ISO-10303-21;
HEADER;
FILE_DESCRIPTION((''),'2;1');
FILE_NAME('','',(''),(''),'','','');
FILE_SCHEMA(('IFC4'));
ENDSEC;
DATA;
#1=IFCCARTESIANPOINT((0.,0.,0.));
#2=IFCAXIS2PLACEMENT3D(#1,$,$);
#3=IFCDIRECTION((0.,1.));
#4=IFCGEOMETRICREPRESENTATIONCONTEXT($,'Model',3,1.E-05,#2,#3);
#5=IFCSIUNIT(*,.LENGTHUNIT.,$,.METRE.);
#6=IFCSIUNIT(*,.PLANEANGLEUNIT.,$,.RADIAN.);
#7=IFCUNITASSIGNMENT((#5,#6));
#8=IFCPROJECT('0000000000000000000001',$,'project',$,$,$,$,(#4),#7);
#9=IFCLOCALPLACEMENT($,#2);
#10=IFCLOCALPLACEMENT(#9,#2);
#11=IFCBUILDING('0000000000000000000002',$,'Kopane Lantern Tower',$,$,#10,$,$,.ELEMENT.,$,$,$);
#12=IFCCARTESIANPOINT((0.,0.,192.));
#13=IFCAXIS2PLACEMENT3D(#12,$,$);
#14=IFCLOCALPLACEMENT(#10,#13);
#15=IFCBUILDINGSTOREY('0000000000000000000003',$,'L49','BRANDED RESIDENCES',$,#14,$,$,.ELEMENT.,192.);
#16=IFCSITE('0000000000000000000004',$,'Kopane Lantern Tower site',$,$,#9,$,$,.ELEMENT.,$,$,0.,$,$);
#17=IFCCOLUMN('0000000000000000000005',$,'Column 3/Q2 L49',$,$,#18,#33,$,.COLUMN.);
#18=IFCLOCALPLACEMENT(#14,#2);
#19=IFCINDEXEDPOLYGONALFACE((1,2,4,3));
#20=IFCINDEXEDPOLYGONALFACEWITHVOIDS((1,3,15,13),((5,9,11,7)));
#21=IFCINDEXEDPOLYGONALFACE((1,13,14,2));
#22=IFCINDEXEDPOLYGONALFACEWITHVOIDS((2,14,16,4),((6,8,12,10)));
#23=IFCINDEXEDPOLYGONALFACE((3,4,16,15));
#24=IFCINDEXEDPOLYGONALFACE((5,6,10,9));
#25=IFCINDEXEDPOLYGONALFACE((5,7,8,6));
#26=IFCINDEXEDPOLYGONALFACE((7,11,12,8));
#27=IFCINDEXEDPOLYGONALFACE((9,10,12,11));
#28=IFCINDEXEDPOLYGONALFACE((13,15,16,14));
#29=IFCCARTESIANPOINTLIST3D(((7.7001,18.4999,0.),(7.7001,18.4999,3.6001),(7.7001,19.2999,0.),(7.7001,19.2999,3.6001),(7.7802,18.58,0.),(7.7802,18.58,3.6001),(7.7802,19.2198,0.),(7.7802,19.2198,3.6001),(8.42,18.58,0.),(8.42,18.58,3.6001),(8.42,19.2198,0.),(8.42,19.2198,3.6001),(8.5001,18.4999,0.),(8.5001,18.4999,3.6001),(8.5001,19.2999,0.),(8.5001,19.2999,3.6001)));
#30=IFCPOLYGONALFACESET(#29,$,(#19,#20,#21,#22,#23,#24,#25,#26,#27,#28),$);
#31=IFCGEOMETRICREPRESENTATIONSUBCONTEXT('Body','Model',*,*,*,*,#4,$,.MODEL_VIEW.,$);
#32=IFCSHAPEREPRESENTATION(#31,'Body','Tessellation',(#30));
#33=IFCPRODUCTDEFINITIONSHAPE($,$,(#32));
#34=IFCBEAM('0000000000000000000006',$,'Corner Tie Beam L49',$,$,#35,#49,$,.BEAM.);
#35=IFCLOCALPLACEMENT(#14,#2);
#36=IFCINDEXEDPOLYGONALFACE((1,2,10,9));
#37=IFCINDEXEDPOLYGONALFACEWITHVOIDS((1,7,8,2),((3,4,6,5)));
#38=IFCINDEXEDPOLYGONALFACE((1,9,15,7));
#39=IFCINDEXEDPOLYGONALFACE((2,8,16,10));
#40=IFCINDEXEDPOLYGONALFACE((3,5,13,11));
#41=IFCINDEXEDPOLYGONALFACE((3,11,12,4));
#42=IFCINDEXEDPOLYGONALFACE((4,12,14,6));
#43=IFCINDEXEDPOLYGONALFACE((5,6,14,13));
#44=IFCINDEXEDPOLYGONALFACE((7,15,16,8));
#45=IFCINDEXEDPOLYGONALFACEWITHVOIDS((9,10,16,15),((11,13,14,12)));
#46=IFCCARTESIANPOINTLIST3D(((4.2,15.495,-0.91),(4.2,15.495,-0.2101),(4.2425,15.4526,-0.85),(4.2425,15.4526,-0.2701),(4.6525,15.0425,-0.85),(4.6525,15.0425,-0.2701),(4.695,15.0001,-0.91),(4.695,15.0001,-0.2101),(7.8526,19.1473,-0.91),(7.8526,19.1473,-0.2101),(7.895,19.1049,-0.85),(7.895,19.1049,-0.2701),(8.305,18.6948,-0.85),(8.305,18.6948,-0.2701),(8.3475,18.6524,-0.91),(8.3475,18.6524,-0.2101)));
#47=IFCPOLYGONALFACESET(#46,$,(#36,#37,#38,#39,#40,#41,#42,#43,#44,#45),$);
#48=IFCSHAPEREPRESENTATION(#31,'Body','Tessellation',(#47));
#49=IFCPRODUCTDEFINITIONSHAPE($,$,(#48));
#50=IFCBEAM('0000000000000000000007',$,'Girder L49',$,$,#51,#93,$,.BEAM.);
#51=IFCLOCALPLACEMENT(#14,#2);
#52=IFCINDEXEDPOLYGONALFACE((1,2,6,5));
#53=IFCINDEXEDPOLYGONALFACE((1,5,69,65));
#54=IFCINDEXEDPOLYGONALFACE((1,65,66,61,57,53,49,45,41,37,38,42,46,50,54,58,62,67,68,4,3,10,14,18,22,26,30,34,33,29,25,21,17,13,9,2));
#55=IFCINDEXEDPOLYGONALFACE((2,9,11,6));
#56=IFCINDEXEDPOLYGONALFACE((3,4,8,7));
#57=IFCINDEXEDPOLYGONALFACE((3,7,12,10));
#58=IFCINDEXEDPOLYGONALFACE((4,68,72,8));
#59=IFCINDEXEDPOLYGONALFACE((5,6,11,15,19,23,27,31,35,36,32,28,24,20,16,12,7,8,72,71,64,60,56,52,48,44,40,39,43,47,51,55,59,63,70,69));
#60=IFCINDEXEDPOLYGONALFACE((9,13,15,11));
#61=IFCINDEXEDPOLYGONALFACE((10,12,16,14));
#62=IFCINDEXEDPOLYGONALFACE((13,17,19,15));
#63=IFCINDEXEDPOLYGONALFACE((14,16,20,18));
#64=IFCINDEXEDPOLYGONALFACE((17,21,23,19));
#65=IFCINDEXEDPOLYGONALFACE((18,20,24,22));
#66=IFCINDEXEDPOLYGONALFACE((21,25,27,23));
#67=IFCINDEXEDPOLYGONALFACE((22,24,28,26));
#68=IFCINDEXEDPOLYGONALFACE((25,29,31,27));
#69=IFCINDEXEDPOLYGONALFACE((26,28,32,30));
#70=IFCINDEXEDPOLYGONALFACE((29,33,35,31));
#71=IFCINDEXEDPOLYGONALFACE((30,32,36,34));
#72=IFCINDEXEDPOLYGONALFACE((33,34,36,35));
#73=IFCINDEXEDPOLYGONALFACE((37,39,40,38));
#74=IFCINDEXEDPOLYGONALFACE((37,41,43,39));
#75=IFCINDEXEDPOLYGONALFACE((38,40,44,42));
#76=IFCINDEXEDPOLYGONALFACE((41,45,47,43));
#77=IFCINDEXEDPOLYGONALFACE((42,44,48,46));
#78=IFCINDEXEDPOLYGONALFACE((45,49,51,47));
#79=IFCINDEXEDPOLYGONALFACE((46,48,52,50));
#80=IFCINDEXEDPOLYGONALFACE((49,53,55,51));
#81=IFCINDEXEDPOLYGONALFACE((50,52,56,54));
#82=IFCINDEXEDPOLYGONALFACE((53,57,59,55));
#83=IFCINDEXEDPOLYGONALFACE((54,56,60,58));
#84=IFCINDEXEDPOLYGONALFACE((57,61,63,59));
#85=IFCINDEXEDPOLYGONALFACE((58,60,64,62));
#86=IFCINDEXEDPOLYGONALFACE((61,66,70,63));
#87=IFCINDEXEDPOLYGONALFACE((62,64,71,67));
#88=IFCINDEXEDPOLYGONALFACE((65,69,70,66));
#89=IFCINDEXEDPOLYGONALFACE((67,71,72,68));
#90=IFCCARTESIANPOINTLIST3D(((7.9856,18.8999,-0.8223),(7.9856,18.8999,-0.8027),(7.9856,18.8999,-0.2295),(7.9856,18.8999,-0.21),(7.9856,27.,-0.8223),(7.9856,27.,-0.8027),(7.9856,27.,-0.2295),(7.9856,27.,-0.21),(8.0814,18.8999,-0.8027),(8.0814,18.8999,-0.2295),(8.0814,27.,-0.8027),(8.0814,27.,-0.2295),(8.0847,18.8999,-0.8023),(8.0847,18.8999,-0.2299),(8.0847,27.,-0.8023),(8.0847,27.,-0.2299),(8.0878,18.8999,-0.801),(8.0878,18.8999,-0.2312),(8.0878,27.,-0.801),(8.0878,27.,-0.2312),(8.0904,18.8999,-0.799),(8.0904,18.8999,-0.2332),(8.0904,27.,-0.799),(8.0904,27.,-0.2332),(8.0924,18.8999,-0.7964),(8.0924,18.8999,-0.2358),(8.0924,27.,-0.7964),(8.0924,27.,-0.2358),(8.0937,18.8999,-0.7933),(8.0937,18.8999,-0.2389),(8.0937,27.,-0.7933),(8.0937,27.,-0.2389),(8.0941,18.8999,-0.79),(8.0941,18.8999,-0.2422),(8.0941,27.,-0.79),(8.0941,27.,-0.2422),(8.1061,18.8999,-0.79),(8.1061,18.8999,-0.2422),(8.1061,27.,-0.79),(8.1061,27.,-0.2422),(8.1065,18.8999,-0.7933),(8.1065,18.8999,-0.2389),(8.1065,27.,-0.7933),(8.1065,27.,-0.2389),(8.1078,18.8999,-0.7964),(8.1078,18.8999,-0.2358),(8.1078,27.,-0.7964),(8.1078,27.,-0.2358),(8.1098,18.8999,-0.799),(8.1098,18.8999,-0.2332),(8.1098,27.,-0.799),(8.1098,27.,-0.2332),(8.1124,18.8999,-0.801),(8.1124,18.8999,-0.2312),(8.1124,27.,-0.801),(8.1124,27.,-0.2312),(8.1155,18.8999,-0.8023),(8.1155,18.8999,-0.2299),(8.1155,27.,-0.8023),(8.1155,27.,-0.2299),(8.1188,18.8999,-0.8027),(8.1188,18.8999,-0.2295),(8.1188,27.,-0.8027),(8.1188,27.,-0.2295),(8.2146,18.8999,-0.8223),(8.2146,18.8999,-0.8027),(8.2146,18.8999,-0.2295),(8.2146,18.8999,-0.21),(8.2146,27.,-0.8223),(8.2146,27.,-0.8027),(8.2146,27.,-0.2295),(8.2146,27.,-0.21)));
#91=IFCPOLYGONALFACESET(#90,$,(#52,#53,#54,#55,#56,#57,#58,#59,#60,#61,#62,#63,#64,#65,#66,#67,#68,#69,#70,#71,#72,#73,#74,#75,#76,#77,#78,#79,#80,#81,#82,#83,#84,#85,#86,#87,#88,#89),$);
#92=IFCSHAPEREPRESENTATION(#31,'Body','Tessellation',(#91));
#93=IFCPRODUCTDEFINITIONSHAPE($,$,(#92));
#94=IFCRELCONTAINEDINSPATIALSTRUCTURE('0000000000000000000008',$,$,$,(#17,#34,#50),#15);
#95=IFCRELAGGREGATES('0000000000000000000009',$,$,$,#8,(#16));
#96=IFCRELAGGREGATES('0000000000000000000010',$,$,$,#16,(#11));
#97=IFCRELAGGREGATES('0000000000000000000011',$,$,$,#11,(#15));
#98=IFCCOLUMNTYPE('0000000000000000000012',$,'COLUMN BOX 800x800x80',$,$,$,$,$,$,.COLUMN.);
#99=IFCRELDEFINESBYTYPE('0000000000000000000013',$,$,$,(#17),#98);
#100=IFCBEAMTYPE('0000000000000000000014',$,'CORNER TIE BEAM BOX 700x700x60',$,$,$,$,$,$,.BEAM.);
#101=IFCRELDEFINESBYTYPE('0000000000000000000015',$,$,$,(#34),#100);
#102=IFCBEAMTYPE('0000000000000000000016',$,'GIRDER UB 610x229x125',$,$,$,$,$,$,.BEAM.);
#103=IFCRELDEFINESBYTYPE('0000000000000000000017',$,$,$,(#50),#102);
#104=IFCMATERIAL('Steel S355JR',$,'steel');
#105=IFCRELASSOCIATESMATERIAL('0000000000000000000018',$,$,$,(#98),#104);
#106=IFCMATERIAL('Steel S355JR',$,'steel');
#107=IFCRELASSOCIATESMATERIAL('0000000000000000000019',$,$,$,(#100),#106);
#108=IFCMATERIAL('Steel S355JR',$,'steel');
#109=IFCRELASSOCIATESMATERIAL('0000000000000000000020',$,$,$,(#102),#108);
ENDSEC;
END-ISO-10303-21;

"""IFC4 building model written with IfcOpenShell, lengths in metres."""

from ifc_helpers import new_model, si_unit, direction, frame, origin, origin_2d, place, context, subcontext, project, spatial, hollow_rectangle, i_section, extrude, material, material_profile, profile_set, type_object, element, save


model = new_model("IFC4")

# Units and contexts
model_context = context("Model", 3, precision=1e-05, world=origin(), true_north=direction((0.0, 1.0)))
body_context = subcontext(model_context, "Body", "Model", "MODEL_VIEW")
ifc_project = project(units=[si_unit("LENGTHUNIT", "METRE"), si_unit("PLANEANGLEUNIT", "RADIAN")], contexts=[model_context])

# Site, building, storey
site_placement = place(None, origin())
site = spatial("IfcSite", under=ifc_project, at=site_placement, Name="Kopane Lantern Tower site", CompositionType="ELEMENT", RefElevation=0.0)
building_placement = place(site_placement, origin())
building = spatial("IfcBuilding", under=site, at=building_placement, Name="Kopane Lantern Tower", CompositionType="ELEMENT")
storey_placement = place(building_placement, frame((0.0, 0.0, 192.0)))
storey = spatial("IfcBuildingStorey", under=building, at=storey_placement, Name="L49", Description="BRANDED RESIDENCES", CompositionType="ELEMENT", Elevation=192.0)

# Column
ifc_material_1 = material(Name="Steel S355JR", Category="steel")
ifc_material_profile_1 = material_profile(ifc_material_1, hollow_rectangle(XDim=0.8, YDim=0.8, WallThickness=0.0801, at=origin_2d()), Name="BOX 800x800x80")
ifc_profile_set_1 = profile_set([ifc_material_profile_1], Name="Steel S355JR")
column_type = type_object("IfcColumnType", Name="COLUMN BOX 800x800x80", PredefinedType="COLUMN", material=ifc_profile_set_1)
column_placement = place(storey_placement, frame((8.1001, 18.8999, 0.0), z_axis=(0.0, 0.0, 1.0), x_axis=(1.0, 0.0, 0.0)))
element("IfcColumn", 1, at=column_placement, inside=storey, type_object=column_type, Name="Column 3/Q2 L49", PredefinedType="COLUMN", context=body_context, shape_type="SweptSolid", body=[
    extrude(hollow_rectangle(XDim=0.8, YDim=0.8, WallThickness=0.0801, at=origin_2d()), origin(), (0.0, 0.0, 1.0), 3.6001),
])

# Beams
ifc_material_2 = material(Name="Steel S355JR", Category="steel")
ifc_material_profile_2 = material_profile(ifc_material_2, hollow_rectangle(XDim=0.7, YDim=0.7, WallThickness=0.0601, at=origin_2d()), Name="BOX 700x700x60")
ifc_profile_set_2 = profile_set([ifc_material_profile_2], Name="Steel S355JR")
beam_type_1 = type_object("IfcBeamType", Name="CORNER TIE BEAM BOX 700x700x60", PredefinedType="BEAM", material=ifc_profile_set_2)
beam_1_placement = place(storey_placement, frame((4.4475, 15.2476, -0.5601), z_axis=(0.70713, 0.707083, 0.0), x_axis=(-0.707083, 0.70713, 0.0)))
element("IfcBeam", 2, at=beam_1_placement, inside=storey, type_object=beam_type_1, Name="Corner Tie Beam L49", PredefinedType="BEAM", context=body_context, shape_type="SweptSolid", body=[
    extrude(hollow_rectangle(XDim=0.7, YDim=0.7, WallThickness=0.0601, at=origin_2d()), origin(), (0.0, 0.0, 1.0), 5.1653),
])
ifc_material_3 = material(Name="Steel S355JR", Category="steel")
ifc_material_profile_3 = material_profile(ifc_material_3, i_section(OverallWidth=0.229, OverallDepth=0.6123, WebThickness=0.012, FlangeThickness=0.0195, FilletRadius=0.0127, at=origin_2d()), Name="UB 610x229x125")
ifc_profile_set_3 = profile_set([ifc_material_profile_3], Name="Steel S355JR")
beam_type_2 = type_object("IfcBeamType", Name="GIRDER UB 610x229x125", PredefinedType="BEAM", material=ifc_profile_set_3)
beam_2_placement = place(storey_placement, frame((8.1001, 18.8999, -0.5161), z_axis=(0.0, 1.0, 0.0), x_axis=(-1.0, 0.0, 0.0)))
element("IfcBeam", 3, at=beam_2_placement, inside=storey, type_object=beam_type_2, Name="Girder L49", PredefinedType="BEAM", context=body_context, shape_type="SweptSolid", body=[
    extrude(i_section(OverallWidth=0.229, OverallDepth=0.6123, WebThickness=0.012, FlangeThickness=0.0195, FilletRadius=0.0127, at=origin_2d()), origin(), (0.0, 0.0, 1.0), 8.1001),
])

save(model, "model.ifc")
